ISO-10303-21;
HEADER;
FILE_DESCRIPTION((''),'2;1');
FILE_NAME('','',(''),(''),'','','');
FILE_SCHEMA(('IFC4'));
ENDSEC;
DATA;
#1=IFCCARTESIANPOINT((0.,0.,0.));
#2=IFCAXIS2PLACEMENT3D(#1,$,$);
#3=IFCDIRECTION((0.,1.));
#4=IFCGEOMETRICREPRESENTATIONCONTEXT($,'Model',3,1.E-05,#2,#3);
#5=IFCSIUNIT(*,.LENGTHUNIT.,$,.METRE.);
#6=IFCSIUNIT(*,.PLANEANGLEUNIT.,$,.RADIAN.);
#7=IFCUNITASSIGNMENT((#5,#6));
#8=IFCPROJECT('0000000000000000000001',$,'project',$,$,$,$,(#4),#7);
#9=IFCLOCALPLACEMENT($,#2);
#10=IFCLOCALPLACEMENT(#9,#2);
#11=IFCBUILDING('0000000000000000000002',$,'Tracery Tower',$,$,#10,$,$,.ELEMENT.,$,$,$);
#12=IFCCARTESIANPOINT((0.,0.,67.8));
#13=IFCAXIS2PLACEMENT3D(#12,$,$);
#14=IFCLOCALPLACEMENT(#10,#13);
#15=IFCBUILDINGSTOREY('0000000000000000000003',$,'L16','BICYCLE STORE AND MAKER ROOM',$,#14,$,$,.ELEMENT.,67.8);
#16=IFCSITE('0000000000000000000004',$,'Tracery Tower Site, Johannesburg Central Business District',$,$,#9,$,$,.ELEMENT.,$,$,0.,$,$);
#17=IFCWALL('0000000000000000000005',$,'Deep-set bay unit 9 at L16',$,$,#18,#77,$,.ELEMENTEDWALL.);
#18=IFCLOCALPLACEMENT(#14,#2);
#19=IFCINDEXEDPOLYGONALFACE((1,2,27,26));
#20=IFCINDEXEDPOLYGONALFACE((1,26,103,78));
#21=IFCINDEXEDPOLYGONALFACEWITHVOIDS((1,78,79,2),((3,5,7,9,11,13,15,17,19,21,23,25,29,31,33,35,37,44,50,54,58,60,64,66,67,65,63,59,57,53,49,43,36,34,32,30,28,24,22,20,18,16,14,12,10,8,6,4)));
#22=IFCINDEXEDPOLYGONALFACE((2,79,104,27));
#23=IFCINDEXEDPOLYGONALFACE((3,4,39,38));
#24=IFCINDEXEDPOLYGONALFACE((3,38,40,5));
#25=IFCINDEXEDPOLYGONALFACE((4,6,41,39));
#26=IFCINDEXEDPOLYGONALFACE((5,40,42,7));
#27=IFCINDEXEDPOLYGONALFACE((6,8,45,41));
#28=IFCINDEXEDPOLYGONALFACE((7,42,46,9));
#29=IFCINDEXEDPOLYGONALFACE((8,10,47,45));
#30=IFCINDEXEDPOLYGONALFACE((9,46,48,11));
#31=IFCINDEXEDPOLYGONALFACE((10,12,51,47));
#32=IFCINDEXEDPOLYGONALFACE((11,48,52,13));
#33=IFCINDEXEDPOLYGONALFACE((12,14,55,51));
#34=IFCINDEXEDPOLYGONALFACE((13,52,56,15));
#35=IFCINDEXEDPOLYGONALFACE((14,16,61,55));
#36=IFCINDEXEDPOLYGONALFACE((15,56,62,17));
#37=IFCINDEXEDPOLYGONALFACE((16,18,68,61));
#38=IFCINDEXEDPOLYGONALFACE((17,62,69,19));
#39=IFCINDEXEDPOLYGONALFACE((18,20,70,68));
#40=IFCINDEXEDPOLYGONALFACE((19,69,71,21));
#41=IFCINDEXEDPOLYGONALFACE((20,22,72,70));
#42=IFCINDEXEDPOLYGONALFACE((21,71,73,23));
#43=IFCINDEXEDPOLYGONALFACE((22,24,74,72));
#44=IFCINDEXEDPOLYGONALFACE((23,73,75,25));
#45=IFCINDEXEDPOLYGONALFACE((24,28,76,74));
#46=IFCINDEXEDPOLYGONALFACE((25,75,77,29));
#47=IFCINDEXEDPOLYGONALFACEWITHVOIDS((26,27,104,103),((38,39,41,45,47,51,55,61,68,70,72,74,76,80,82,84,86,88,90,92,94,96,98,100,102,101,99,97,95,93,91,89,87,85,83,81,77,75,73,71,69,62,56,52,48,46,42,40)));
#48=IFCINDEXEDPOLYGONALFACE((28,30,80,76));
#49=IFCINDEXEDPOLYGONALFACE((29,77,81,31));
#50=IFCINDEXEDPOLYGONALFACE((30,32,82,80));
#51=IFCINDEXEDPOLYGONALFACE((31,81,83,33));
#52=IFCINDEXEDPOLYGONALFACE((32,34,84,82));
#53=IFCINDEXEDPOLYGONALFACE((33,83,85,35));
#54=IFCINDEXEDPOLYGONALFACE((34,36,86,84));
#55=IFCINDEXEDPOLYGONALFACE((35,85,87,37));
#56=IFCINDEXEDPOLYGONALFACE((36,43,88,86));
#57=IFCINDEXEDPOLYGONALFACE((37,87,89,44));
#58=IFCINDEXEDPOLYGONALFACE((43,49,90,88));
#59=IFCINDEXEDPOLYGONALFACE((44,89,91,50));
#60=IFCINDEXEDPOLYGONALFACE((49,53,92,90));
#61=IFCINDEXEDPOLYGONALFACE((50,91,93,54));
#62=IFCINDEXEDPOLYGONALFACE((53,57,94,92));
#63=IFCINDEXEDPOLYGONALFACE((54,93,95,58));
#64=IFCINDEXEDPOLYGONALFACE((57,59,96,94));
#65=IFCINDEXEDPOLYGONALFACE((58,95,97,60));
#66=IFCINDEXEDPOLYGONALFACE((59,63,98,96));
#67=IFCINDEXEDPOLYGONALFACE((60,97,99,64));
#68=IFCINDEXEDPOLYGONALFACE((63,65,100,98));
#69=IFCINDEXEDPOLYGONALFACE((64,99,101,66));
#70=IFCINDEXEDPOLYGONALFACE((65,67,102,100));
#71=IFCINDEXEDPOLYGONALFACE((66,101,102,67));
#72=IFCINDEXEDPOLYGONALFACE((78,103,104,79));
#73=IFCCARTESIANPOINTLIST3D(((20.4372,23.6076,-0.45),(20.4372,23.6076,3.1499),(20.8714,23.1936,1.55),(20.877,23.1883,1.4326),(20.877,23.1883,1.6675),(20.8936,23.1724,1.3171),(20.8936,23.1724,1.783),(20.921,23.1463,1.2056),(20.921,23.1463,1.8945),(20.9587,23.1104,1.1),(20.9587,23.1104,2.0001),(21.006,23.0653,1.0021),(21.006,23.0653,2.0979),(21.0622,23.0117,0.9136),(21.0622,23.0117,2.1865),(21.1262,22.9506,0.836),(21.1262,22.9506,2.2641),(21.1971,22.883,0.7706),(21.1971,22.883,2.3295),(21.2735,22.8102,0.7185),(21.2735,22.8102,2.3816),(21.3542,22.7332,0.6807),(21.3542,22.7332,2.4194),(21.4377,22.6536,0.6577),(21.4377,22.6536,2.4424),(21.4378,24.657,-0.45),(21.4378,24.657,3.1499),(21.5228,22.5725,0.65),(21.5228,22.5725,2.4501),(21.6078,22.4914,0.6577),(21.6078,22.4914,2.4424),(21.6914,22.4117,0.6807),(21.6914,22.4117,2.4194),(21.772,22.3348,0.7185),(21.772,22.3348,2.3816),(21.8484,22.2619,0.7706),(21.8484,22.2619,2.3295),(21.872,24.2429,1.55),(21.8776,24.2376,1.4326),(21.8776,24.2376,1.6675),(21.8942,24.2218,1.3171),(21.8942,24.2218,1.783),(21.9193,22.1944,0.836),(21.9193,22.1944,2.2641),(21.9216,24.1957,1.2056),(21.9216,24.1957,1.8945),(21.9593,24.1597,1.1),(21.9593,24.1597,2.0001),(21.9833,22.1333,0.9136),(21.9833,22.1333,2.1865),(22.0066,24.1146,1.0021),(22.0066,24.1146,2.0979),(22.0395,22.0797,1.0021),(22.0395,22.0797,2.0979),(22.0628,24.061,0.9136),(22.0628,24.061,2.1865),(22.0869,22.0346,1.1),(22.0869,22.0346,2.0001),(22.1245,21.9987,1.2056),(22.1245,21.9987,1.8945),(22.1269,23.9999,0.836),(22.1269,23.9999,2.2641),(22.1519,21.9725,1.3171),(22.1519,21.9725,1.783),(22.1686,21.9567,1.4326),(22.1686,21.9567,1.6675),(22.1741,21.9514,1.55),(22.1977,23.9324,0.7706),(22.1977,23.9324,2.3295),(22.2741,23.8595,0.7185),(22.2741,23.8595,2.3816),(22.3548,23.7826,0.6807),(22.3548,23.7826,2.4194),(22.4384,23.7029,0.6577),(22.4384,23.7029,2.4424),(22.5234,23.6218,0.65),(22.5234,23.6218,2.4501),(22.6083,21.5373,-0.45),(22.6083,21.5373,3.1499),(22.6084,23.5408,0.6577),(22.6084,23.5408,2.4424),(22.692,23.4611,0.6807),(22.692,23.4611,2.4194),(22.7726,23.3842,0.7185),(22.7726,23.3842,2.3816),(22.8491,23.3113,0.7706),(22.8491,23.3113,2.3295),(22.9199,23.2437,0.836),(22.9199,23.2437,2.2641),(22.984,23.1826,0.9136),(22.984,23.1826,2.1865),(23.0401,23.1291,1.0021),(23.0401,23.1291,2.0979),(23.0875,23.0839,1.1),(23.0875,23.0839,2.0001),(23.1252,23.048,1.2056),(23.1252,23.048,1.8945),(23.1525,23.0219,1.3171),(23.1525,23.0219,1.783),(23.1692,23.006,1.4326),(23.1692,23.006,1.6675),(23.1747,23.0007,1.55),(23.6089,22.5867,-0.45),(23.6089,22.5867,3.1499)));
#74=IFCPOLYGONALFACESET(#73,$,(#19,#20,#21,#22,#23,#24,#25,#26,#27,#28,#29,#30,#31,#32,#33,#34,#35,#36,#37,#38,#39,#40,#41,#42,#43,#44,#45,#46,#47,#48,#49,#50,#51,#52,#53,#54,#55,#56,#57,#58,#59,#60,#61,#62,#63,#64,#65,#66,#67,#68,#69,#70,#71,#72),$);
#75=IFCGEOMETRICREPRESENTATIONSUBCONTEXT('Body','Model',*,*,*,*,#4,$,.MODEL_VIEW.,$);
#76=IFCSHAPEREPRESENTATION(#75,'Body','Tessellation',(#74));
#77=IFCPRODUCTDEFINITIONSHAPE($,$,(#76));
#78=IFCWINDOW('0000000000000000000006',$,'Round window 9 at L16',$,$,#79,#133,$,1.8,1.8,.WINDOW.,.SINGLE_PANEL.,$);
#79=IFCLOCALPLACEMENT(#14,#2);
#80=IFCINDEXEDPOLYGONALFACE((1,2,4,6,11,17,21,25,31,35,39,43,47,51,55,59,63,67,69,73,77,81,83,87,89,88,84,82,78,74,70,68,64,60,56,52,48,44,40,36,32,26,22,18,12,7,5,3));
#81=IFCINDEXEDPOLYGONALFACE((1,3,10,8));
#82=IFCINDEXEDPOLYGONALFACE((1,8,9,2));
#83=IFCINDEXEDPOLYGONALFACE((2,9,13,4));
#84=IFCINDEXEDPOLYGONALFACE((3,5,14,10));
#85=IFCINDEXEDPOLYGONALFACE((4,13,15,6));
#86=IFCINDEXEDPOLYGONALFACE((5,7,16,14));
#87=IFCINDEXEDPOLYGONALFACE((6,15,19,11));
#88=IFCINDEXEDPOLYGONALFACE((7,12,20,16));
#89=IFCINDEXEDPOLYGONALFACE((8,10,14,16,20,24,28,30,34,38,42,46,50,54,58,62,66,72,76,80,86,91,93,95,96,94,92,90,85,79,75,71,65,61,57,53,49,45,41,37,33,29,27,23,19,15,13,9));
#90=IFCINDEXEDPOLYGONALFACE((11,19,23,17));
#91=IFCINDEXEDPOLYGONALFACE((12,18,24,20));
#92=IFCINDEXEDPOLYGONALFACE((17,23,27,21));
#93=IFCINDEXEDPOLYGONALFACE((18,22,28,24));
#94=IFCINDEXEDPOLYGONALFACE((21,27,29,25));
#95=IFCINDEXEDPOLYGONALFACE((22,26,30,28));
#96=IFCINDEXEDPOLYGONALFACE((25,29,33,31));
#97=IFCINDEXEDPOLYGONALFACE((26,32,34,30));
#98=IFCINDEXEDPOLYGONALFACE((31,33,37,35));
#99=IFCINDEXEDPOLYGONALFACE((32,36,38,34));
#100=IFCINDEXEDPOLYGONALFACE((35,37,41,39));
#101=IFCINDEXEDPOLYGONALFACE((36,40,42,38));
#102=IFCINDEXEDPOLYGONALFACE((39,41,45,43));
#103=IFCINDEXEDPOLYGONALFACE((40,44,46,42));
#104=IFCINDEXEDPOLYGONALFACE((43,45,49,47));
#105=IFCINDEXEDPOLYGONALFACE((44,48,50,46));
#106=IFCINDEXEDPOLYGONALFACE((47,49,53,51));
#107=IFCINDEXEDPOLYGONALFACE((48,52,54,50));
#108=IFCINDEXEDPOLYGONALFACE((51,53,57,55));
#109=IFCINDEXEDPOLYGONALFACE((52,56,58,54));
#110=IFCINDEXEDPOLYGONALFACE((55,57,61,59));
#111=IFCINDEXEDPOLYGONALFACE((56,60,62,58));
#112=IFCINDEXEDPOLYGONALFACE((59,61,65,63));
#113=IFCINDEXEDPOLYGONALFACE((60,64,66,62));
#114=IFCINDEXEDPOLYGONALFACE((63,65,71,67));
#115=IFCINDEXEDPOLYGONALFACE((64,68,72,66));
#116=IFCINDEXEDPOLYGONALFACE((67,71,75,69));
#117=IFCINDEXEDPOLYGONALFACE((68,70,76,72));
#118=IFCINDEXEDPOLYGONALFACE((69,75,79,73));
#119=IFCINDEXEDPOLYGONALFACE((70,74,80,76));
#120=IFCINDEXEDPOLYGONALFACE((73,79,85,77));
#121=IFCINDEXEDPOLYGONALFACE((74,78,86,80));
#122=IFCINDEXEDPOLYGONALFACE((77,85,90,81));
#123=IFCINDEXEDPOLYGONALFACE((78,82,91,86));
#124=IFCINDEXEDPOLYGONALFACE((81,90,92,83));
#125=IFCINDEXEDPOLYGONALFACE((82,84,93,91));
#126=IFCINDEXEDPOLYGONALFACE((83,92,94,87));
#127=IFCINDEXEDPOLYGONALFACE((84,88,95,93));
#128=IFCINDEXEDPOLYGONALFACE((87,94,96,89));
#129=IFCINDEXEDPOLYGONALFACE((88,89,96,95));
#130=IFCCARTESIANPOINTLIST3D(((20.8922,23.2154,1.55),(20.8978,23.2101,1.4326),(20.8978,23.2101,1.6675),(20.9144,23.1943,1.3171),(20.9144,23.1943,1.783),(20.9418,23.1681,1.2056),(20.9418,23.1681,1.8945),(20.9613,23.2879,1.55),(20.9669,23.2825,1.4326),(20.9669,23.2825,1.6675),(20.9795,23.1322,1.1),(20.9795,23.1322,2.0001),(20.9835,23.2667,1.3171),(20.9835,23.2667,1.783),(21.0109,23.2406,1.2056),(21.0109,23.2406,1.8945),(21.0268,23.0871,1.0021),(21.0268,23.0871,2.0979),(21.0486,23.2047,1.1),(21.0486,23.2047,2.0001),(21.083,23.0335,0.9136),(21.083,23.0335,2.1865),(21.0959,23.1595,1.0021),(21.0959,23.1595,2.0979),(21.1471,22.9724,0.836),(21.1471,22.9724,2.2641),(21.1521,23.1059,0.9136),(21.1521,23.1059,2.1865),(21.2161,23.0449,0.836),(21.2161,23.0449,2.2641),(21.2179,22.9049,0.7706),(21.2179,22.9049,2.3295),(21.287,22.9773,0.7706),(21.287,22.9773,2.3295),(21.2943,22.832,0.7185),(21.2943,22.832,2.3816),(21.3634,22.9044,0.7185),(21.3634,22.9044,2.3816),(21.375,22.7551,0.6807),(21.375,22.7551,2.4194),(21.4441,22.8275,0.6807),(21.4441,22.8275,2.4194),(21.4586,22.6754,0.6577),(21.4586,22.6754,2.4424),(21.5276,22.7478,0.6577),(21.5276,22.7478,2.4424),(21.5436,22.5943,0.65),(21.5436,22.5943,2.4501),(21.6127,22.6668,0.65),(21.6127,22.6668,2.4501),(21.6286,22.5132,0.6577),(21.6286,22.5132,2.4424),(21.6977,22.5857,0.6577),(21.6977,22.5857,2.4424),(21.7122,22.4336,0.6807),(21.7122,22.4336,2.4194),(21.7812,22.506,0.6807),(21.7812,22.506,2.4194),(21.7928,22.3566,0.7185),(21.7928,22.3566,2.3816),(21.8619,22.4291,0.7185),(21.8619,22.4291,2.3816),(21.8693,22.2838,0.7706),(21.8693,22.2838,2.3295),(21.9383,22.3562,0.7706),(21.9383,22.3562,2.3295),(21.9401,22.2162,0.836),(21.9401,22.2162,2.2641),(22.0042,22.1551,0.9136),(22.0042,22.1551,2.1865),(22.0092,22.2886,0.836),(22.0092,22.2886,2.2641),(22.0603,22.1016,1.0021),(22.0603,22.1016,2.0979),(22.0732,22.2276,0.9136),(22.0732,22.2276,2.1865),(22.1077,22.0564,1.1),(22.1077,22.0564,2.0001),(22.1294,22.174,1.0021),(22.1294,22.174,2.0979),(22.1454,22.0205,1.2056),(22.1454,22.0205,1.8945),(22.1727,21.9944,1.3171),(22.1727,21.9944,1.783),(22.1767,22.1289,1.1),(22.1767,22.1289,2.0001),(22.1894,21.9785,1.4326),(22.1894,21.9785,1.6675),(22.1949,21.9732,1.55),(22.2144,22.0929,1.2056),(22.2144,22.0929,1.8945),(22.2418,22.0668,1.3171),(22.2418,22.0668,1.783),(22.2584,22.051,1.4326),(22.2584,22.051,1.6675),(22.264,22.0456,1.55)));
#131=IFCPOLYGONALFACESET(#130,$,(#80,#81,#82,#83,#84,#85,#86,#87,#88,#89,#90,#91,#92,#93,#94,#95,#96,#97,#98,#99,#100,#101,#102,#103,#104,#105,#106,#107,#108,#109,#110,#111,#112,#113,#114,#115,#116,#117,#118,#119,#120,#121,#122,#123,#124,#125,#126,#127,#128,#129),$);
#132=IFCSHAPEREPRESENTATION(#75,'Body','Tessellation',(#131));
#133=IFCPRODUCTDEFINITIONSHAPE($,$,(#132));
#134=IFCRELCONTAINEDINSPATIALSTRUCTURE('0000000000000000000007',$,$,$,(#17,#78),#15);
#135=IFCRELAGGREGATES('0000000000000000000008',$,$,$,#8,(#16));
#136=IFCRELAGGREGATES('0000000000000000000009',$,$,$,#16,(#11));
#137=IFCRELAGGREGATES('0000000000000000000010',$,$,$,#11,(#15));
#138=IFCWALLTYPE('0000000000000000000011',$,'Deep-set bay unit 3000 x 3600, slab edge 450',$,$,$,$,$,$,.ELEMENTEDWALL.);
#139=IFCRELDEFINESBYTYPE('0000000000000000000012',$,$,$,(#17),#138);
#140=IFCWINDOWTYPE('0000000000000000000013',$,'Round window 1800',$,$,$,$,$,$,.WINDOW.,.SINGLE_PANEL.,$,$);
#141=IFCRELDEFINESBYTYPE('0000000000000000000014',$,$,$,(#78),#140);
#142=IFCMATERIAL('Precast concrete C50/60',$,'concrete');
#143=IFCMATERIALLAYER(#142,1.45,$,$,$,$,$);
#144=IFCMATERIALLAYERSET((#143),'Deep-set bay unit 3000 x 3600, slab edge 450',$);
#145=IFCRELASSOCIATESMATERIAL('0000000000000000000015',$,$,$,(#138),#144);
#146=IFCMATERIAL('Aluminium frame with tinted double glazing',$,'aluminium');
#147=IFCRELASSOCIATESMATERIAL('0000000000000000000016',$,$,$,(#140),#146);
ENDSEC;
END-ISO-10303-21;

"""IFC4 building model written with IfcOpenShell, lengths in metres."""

from ifc_helpers import new_model, si_unit, direction, frame, frame_2d, origin, origin_2d, place, context, subcontext, project, spatial, rectangle, circle, extrude, material, layer, layer_set, type_object, element, fill, save


model = new_model("IFC4")

# Units and contexts
model_context = context("Model", 3, precision=1e-05, world=origin(), true_north=direction((0.0, 1.0)))
body_context = subcontext(model_context, "Body", "Model", "MODEL_VIEW")
ifc_project = project(units=[si_unit("LENGTHUNIT", "METRE"), si_unit("PLANEANGLEUNIT", "RADIAN")], contexts=[model_context])

# Site, building, storey
site_placement = place(None, origin())
site = spatial("IfcSite", under=ifc_project, at=site_placement, Name="Tracery Tower Site, Johannesburg Central Business District", CompositionType="ELEMENT", RefElevation=0.0)
building_placement = place(site_placement, origin())
building = spatial("IfcBuilding", under=site, at=building_placement, Name="Tracery Tower", CompositionType="ELEMENT")
storey_placement = place(building_placement, frame((0.0, 0.0, 67.8)))
storey = spatial("IfcBuildingStorey", under=building, at=storey_placement, Name="L16", Description="BICYCLE STORE AND MAKER ROOM", CompositionType="ELEMENT", Elevation=67.8)

# Wall, opening, window
ifc_material_1 = material(Name="Precast concrete C50/60", Category="concrete")
ifc_layer_1 = layer(ifc_material_1, 1.45)
ifc_layer_set_1 = layer_set([ifc_layer_1], Name="Deep-set bay unit 3000 x 3600, slab edge 450")
wall_type_1 = type_object("IfcWallType", Name="Deep-set bay unit 3000 x 3600, slab edge 450", PredefinedType="ELEMENTEDWALL", material=ifc_layer_set_1)
wall_1_placement = place(storey_placement, frame((23.1086, 22.062, -0.45), z_axis=(0.0, 0.0, 1.0), x_axis=(-0.723712, 0.690102, 0.0)))
wall_1 = element("IfcWall", 1, at=wall_1_placement, inside=storey, type_object=wall_type_1, Name="Deep-set bay unit 9 at L16", PredefinedType="ELEMENTEDWALL", context=body_context, shape_type="SweptSolid", body=[
    extrude(rectangle(XDim=3.0, YDim=1.45, at=frame_2d((1.5, 0.0))), origin(), (0.0, 0.0, 1.0), 3.5999),
])
opening_1_placement = place(wall_1_placement, frame((1.5, 0.0, 2.0)))
opening_1 = element("IfcOpeningElement", 2, at=opening_1_placement, cuts=wall_1, PredefinedType="OPENING", context=body_context, shape_type="SweptSolid", body=[
    extrude(circle(Radius=0.9, at=origin_2d()), frame((0.0, 0.7349, 0.0), z_axis=(0.0, -1.0, 0.0), x_axis=(1.0, 0.0, 0.0)), (0.0, 0.0, 1.0), 1.47),
])
ifc_material_2 = material(Name="Aluminium frame with tinted double glazing", Category="aluminium")
window_type = type_object("IfcWindowType", Name="Round window 1800", PartitioningType="SINGLE_PANEL", PredefinedType="WINDOW", material=ifc_material_2)
window_1_placement = place(opening_1_placement, origin())
window_1 = element("IfcWindow", 3, at=window_1_placement, inside=storey, type_object=window_type, Name="Round window 9 at L16", OverallHeight=1.8, OverallWidth=1.8, PartitioningType="SINGLE_PANEL", PredefinedType="WINDOW", context=body_context, shape_type="SweptSolid", body=[
    extrude(circle(Radius=0.9, at=origin_2d()), frame((0.0, 0.6948, 0.0), z_axis=(0.0, -1.0, 0.0), x_axis=(1.0, 0.0, 0.0)), (0.0, 0.0, 1.0), 0.1001),
])
fill(opening_1, window_1)

save(model, "model.ifc")
